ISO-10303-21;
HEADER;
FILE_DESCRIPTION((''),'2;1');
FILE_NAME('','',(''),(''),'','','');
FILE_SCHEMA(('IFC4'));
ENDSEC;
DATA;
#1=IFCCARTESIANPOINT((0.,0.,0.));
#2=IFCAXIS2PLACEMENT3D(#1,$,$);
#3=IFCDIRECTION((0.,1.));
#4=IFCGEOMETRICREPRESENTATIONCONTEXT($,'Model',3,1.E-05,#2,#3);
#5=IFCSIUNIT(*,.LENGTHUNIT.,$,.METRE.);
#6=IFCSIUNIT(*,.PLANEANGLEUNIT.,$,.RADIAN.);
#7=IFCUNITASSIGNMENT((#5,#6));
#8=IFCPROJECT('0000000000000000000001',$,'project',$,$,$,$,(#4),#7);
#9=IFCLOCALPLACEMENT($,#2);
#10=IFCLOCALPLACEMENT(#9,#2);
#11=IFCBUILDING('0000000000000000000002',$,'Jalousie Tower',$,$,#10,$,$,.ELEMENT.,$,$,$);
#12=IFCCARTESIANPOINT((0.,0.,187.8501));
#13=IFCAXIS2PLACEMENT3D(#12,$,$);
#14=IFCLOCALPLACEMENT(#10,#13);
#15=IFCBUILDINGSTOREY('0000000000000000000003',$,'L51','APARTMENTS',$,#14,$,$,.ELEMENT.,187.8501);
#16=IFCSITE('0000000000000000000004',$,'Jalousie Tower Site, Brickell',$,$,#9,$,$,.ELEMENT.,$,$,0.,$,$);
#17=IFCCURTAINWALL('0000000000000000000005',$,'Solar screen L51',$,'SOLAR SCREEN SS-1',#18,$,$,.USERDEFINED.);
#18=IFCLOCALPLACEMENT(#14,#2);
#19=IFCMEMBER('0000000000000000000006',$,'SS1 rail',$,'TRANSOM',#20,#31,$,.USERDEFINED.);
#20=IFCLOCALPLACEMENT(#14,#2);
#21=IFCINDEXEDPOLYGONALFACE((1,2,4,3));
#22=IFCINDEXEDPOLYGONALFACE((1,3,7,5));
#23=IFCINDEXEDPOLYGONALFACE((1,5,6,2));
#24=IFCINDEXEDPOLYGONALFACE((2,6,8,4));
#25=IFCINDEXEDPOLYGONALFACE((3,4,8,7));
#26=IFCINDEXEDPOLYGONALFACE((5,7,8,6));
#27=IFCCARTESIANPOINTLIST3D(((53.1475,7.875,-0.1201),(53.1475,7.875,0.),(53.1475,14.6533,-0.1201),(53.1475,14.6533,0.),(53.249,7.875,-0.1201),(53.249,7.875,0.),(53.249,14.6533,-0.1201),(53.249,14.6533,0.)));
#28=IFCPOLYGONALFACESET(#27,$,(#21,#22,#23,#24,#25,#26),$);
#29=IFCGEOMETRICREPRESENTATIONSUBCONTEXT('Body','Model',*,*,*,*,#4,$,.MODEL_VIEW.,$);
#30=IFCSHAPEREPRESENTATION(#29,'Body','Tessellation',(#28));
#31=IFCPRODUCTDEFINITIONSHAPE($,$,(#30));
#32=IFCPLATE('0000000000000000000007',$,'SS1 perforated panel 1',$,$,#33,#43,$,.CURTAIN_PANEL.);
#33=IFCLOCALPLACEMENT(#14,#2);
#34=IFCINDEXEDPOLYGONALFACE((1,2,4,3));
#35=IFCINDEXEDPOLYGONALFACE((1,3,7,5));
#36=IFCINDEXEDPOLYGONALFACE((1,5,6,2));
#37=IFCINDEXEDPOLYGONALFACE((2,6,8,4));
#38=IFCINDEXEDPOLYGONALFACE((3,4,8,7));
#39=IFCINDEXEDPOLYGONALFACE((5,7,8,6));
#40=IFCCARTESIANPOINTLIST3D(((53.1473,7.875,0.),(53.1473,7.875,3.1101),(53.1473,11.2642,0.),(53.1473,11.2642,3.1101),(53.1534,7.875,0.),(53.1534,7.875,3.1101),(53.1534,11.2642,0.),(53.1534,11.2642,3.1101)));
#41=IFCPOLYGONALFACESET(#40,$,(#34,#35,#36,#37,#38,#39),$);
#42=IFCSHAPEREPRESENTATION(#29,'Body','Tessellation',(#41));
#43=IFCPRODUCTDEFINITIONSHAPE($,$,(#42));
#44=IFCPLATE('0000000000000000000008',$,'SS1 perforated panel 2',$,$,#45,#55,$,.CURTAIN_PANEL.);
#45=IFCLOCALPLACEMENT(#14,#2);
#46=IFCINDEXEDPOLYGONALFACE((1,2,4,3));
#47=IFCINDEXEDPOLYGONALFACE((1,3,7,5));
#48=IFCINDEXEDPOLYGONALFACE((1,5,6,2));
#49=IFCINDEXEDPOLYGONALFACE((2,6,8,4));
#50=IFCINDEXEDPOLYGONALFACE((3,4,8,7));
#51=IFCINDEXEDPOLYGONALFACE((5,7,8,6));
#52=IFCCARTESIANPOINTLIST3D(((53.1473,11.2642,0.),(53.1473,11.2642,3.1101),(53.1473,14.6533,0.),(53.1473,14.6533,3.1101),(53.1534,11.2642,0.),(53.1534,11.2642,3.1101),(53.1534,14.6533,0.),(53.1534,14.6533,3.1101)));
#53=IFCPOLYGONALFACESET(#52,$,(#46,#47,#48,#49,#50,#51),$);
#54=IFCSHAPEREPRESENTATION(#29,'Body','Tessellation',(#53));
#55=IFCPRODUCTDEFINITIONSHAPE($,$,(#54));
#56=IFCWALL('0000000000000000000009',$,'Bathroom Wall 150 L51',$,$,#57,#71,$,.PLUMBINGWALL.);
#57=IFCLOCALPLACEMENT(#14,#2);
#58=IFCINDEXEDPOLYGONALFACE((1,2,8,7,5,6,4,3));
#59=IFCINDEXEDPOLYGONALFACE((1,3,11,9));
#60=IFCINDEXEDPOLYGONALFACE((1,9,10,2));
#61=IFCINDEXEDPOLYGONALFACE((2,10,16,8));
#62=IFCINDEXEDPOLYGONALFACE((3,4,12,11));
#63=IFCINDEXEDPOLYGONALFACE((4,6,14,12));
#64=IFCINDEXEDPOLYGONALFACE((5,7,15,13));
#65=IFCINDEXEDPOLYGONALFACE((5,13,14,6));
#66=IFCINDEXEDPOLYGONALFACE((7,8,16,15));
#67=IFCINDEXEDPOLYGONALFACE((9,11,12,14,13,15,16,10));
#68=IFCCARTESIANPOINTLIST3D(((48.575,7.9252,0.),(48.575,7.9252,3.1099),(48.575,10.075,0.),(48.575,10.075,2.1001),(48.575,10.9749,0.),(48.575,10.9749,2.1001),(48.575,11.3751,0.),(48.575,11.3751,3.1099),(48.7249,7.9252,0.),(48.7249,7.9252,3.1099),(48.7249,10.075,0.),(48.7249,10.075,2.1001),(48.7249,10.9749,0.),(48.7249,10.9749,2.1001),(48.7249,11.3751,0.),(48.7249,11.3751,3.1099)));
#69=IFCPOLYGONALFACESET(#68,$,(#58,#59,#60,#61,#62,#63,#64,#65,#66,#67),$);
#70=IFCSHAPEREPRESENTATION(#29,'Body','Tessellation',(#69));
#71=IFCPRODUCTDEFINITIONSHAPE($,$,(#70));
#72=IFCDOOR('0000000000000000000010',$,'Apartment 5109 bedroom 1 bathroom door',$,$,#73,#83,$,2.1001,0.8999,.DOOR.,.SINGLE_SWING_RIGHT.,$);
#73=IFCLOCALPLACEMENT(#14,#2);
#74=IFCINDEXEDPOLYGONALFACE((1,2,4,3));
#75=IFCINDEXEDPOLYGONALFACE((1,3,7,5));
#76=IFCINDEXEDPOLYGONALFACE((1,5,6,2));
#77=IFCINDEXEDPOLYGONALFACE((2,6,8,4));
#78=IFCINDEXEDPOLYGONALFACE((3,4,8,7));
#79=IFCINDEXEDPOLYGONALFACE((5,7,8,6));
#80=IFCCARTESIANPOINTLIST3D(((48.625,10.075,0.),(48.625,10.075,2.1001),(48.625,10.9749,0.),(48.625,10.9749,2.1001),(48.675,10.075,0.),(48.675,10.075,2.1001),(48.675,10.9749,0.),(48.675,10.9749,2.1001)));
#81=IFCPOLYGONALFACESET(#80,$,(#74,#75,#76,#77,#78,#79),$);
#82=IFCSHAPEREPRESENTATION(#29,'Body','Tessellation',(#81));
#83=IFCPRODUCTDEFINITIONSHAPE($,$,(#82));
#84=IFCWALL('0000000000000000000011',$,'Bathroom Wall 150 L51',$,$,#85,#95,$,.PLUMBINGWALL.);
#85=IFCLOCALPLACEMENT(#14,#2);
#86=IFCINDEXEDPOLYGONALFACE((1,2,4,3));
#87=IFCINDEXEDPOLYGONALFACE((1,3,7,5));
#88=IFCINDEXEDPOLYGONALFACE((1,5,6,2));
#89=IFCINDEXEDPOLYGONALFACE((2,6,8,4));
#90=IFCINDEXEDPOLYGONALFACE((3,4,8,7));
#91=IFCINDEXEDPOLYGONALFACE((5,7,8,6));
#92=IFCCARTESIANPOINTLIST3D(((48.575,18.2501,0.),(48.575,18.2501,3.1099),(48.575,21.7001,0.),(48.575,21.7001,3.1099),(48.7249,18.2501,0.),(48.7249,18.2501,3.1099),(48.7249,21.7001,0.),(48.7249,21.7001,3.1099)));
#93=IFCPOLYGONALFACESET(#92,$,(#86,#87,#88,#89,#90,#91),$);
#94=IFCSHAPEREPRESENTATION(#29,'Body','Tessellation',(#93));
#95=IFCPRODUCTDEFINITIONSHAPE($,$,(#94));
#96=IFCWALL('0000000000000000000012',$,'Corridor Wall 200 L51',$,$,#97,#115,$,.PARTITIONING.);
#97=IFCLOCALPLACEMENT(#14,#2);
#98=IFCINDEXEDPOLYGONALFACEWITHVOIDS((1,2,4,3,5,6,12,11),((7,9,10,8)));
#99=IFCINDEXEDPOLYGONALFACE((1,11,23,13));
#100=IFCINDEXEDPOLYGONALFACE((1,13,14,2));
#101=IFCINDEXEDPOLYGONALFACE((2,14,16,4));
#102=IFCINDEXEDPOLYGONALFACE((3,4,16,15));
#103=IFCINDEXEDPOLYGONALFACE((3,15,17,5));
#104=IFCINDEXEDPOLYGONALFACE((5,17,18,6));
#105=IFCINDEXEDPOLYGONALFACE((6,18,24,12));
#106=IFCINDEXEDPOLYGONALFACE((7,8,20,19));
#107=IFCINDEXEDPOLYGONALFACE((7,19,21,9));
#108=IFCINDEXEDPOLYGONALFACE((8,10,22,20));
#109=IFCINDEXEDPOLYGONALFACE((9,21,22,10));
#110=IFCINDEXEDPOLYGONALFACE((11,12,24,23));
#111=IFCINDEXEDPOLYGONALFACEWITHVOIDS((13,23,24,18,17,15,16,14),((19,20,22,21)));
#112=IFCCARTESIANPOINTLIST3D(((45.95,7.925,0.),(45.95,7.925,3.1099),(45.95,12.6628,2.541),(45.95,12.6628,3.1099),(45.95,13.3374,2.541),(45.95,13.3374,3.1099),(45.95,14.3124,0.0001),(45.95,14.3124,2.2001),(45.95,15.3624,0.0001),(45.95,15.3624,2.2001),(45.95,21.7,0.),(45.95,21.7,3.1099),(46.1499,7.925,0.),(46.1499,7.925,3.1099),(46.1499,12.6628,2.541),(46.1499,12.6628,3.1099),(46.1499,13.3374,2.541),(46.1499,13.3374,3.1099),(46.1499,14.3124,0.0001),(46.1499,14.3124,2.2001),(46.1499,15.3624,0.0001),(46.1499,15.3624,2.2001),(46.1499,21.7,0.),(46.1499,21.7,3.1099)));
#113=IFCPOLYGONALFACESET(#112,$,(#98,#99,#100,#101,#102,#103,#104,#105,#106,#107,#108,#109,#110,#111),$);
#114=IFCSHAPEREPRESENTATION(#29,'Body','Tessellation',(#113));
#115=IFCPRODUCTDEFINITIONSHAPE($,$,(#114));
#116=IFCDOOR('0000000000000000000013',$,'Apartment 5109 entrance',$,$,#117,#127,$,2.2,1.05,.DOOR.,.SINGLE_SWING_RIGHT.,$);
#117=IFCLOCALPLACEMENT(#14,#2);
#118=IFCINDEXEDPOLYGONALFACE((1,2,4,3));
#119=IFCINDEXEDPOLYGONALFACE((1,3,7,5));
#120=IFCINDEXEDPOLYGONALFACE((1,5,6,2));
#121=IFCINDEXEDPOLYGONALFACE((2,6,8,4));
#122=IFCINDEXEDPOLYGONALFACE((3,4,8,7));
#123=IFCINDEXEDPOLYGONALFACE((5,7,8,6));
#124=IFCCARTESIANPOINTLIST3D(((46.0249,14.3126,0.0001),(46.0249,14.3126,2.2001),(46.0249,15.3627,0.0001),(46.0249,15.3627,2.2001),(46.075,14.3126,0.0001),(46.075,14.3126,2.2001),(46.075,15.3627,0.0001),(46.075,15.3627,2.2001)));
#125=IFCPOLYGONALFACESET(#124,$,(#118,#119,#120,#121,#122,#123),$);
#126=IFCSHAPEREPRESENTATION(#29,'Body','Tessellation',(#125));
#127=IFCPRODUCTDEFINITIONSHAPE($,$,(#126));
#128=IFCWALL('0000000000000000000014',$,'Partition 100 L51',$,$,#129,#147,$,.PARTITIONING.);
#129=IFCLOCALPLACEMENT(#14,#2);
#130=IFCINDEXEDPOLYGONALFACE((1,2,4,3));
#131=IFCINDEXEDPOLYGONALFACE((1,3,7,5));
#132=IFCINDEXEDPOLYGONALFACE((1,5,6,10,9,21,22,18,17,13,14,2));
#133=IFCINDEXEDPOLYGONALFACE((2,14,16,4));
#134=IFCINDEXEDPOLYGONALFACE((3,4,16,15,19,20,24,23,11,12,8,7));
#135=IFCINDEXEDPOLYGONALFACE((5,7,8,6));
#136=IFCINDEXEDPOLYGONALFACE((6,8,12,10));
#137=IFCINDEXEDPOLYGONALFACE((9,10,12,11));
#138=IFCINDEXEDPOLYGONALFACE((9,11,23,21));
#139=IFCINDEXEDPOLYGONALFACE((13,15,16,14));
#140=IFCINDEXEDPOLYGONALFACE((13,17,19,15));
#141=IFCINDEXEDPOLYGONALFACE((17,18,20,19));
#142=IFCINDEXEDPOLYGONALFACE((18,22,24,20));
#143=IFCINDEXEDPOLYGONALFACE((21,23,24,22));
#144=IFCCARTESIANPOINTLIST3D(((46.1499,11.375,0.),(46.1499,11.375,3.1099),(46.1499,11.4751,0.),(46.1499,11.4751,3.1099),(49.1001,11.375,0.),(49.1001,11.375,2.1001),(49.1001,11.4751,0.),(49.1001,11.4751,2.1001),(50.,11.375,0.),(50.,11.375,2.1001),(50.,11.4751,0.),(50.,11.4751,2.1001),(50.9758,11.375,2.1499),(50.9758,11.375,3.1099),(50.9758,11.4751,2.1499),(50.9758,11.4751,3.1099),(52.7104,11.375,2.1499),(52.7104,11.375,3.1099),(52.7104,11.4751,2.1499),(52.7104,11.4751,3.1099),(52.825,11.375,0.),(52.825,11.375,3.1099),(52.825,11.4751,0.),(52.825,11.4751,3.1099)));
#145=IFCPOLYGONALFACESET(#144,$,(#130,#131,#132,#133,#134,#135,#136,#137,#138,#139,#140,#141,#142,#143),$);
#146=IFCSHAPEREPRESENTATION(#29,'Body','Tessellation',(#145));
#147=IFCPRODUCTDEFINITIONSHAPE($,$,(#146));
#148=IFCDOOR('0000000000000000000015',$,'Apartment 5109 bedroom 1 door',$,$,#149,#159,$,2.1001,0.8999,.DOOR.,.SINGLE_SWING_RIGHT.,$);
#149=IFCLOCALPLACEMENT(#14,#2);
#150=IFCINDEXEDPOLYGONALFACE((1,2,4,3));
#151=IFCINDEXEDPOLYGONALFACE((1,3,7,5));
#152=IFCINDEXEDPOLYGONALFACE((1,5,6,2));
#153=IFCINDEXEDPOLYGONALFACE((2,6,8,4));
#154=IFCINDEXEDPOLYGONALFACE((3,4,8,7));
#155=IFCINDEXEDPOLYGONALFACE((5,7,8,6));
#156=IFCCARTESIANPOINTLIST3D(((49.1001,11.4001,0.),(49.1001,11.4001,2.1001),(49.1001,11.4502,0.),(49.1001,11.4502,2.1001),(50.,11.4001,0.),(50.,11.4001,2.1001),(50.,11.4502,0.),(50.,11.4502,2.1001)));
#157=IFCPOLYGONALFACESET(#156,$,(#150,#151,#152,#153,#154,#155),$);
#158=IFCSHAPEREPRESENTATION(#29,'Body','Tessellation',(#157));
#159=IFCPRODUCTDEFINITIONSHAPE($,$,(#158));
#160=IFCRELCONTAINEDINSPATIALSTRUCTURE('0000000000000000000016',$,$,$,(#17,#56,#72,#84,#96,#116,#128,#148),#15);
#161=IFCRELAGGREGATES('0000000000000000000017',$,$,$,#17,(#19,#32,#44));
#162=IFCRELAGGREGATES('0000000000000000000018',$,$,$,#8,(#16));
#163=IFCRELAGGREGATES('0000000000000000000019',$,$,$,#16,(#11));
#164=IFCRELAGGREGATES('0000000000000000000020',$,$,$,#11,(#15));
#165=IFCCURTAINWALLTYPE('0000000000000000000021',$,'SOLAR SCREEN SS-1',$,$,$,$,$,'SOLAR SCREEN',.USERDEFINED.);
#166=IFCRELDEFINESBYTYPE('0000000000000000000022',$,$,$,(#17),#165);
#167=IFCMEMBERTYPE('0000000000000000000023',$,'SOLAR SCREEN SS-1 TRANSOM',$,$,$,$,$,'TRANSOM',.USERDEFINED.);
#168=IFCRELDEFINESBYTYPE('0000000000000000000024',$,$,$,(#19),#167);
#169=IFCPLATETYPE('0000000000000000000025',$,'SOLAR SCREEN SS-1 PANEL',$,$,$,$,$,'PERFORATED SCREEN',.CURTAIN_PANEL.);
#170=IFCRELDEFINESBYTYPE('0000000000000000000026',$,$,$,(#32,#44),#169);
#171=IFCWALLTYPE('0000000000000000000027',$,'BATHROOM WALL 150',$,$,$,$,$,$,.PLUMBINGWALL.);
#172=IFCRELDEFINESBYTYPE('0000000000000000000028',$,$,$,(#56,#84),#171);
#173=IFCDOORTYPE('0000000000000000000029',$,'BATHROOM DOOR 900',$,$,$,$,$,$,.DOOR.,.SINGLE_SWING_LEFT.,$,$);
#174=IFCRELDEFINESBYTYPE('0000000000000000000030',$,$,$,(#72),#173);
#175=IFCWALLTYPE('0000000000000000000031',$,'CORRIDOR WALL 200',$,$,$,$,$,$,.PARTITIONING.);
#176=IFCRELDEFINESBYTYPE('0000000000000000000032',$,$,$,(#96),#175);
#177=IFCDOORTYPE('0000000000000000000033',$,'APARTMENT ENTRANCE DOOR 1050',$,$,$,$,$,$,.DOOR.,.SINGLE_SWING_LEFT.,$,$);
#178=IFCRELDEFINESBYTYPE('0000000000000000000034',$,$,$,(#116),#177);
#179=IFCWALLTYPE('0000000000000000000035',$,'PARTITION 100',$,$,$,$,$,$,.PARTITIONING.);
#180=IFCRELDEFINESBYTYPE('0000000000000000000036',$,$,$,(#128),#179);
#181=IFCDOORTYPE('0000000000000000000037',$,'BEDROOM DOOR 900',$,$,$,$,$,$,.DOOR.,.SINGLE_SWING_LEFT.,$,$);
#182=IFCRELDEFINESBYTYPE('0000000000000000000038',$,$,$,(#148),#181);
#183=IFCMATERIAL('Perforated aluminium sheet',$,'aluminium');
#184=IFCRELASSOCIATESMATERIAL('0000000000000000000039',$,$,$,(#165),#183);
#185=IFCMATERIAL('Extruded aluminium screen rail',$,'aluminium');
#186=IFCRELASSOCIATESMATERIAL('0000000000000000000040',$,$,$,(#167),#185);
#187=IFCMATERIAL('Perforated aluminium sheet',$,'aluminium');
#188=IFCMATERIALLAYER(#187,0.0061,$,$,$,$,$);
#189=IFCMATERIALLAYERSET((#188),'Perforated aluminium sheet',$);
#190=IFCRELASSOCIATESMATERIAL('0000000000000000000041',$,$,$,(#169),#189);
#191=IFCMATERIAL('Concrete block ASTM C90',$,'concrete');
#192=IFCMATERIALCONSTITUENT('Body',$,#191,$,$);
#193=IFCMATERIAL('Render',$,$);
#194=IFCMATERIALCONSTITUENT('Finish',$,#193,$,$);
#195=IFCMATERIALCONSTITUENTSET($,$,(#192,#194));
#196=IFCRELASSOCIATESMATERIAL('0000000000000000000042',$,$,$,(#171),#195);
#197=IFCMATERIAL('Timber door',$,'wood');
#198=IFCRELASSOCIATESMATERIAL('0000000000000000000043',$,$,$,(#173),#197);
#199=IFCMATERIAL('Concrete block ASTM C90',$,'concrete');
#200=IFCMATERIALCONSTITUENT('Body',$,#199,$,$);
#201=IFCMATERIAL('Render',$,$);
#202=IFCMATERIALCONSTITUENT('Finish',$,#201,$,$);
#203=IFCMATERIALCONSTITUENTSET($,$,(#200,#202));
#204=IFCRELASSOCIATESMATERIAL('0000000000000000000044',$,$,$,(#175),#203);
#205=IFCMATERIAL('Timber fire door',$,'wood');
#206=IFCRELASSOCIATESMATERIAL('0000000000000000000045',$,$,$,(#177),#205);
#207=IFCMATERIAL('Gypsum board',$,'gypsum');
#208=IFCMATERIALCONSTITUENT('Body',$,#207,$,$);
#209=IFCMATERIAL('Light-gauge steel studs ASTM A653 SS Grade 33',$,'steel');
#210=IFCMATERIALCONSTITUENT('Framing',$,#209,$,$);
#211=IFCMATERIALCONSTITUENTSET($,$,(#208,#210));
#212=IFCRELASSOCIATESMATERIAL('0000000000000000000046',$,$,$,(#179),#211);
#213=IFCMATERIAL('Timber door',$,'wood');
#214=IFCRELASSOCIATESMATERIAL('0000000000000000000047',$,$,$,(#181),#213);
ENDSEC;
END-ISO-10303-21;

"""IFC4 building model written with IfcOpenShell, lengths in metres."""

from ifc_helpers import new_model, si_unit, direction, frame, frame_2d, origin, origin_2d, place, context, subcontext, project, spatial, polyline, rectangle, outline, extrude, material, layer, layer_set, constituent, constituent_set, material_profile, profile_set, type_object, element, fill, aggregate, save


model = new_model("IFC4")

# Units and contexts
model_context = context("Model", 3, precision=1e-05, world=origin(), true_north=direction((0.0, 1.0)))
body_context = subcontext(model_context, "Body", "Model", "MODEL_VIEW")
ifc_project = project(units=[si_unit("LENGTHUNIT", "METRE"), si_unit("PLANEANGLEUNIT", "RADIAN")], contexts=[model_context])

# Site, building, storey
site_placement = place(None, origin())
site = spatial("IfcSite", under=ifc_project, at=site_placement, Name="Jalousie Tower Site, Brickell", CompositionType="ELEMENT", RefElevation=0.0)
building_placement = place(site_placement, origin())
building = spatial("IfcBuilding", under=site, at=building_placement, Name="Jalousie Tower", CompositionType="ELEMENT")
storey_placement = place(building_placement, frame((0.0, 0.0, 187.8501)))
storey = spatial("IfcBuildingStorey", under=building, at=storey_placement, Name="L51", Description="APARTMENTS", CompositionType="ELEMENT", Elevation=187.8501)

# Curtain wall, member, plates
ifc_material_1 = material(Name="Perforated aluminium sheet", Category="aluminium")
curtain_wall_type = type_object("IfcCurtainWallType", Name="SOLAR SCREEN SS-1", ElementType="SOLAR SCREEN", PredefinedType="USERDEFINED", material=ifc_material_1)
curtain_wall_placement = place(storey_placement, origin())
curtain_wall = element("IfcCurtainWall", 1, at=curtain_wall_placement, inside=storey, type_object=curtain_wall_type, Name="Solar screen L51", ObjectType="SOLAR SCREEN SS-1", PredefinedType="USERDEFINED")
ifc_material_2 = material(Name="Extruded aluminium screen rail", Category="aluminium")
ifc_material_profile_1 = material_profile(ifc_material_2, rectangle(XDim=0.1016, YDim=0.1201, at=origin_2d()), Name="RAIL 102x120")
ifc_profile_set_1 = profile_set([ifc_material_profile_1], Name="Extruded aluminium screen rail")
member_type_1 = type_object("IfcMemberType", Name="SOLAR SCREEN SS-1 TRANSOM", ElementType="TRANSOM", PredefinedType="USERDEFINED", material=ifc_profile_set_1)
member_1_placement = place(storey_placement, frame((53.1982, 7.875, -0.0601), z_axis=(0.0, 1.0, 0.0), x_axis=(-1.0, 0.0, 0.0)))
member_1 = element("IfcMember", 2, at=member_1_placement, type_object=member_type_1, Name="SS1 rail", ObjectType="TRANSOM", PredefinedType="USERDEFINED", context=body_context, shape_type="SweptSolid", body=[
    extrude(rectangle(XDim=0.1016, YDim=0.1201, at=origin_2d()), origin(), (0.0, 0.0, 1.0), 6.7783),
])
ifc_material_3 = material(Name="Perforated aluminium sheet", Category="aluminium")
ifc_layer_1 = layer(ifc_material_3, 0.0061)
ifc_layer_set_1 = layer_set([ifc_layer_1], Name="Perforated aluminium sheet")
plate_type = type_object("IfcPlateType", Name="SOLAR SCREEN SS-1 PANEL", ElementType="PERFORATED SCREEN", PredefinedType="CURTAIN_PANEL", material=ifc_layer_set_1)
plate_1_placement = place(storey_placement, frame((53.1504, 9.5696, 0.0), z_axis=(0.0, 0.0, 1.0), x_axis=(0.0, 1.0, 0.0)))
plate_1 = element("IfcPlate", 3, at=plate_1_placement, type_object=plate_type, Name="SS1 perforated panel 1", PredefinedType="CURTAIN_PANEL", context=body_context, shape_type="SweptSolid", body=[
    extrude(rectangle(XDim=3.3892, YDim=0.0061, at=origin_2d()), origin(), (0.0, 0.0, 1.0), 3.1101),
])
plate_2_placement = place(storey_placement, frame((53.1504, 12.9587, 0.0), z_axis=(0.0, 0.0, 1.0), x_axis=(0.0, 1.0, 0.0)))
plate_2 = element("IfcPlate", 4, at=plate_2_placement, type_object=plate_type, Name="SS1 perforated panel 2", PredefinedType="CURTAIN_PANEL", context=body_context, shape_type="SweptSolid", body=[
    extrude(rectangle(XDim=3.3892, YDim=0.0061, at=origin_2d()), origin(), (0.0, 0.0, 1.0), 3.1101),
])
aggregate(curtain_wall, [member_1, plate_1, plate_2])

# Wall, opening, door
ifc_material_4 = material(Name="Concrete block ASTM C90", Category="concrete")
ifc_constituent_1 = constituent(ifc_material_4, Name="Body")
ifc_material_5 = material(Name="Render")
ifc_constituent_2 = constituent(ifc_material_5, Name="Finish")
ifc_constituent_set_1 = constituent_set(constituents=[ifc_constituent_1, ifc_constituent_2])
wall_type_1 = type_object("IfcWallType", Name="BATHROOM WALL 150", PredefinedType="PLUMBINGWALL", material=ifc_constituent_set_1)
wall_1_placement = place(storey_placement, frame((48.6499, 7.925, 0.0), z_axis=(0.0, 0.0, 1.0), x_axis=(0.0, 1.0, 0.0)))
wall_1 = element("IfcWall", 5, at=wall_1_placement, inside=storey, type_object=wall_type_1, Name="Bathroom Wall 150 L51", PredefinedType="PLUMBINGWALL", context=body_context, shape_type="SweptSolid", body=[
    extrude(rectangle(XDim=3.45, YDim=0.1499, at=frame_2d((1.7251, 0.0))), origin(), (0.0, 0.0, 1.0), 3.1099),
])
opening_1_placement = place(wall_1_placement, frame((2.1499, 0.0, 0.0)))
opening_1 = element("IfcOpeningElement", 6, at=opening_1_placement, cuts=wall_1, PredefinedType="OPENING", context=body_context, shape_type="SweptSolid", body=[
    extrude(rectangle(XDim=0.8999, YDim=2.1001, at=frame_2d((0.45, 1.05))), frame((0.0, 0.085, 0.0), z_axis=(0.0, -1.0, 0.0), x_axis=(1.0, 0.0, 0.0)), (0.0, 0.0, 1.0), 0.1699),
])
ifc_material_6 = material(Name="Timber door", Category="wood")
door_type_1 = type_object("IfcDoorType", Name="BATHROOM DOOR 900", OperationType="SINGLE_SWING_LEFT", PredefinedType="DOOR", material=ifc_material_6)
door_1_placement = place(opening_1_placement, origin())
door_1 = element("IfcDoor", 7, at=door_1_placement, inside=storey, type_object=door_type_1, Name="Apartment 5109 bedroom 1 bathroom door", OperationType="SINGLE_SWING_RIGHT", OverallHeight=2.1001, OverallWidth=0.8999, PredefinedType="DOOR", context=body_context, shape_type="SweptSolid", body=[
    extrude(rectangle(XDim=0.8999, YDim=2.1001, at=frame_2d((0.45, 1.05))), frame((0.0, 0.0249, 0.0), z_axis=(0.0, -1.0, 0.0), x_axis=(1.0, 0.0, 0.0)), (0.0, 0.0, 1.0), 0.05),
])
fill(opening_1, door_1)

# Wall
wall_2_placement = place(storey_placement, frame((48.6499, 18.25, 0.0), z_axis=(0.0, 0.0, 1.0), x_axis=(0.0, 1.0, 0.0)))
element("IfcWall", 8, at=wall_2_placement, inside=storey, type_object=wall_type_1, Name="Bathroom Wall 150 L51", PredefinedType="PLUMBINGWALL", context=body_context, shape_type="SweptSolid", body=[
    extrude(rectangle(XDim=3.45, YDim=0.1499, at=frame_2d((1.7251, 0.0))), origin(), (0.0, 0.0, 1.0), 3.1099),
])

# Walls, openings, doors
ifc_material_7 = material(Name="Concrete block ASTM C90", Category="concrete")
ifc_constituent_3 = constituent(ifc_material_7, Name="Body")
ifc_material_8 = material(Name="Render")
ifc_constituent_4 = constituent(ifc_material_8, Name="Finish")
ifc_constituent_set_2 = constituent_set(constituents=[ifc_constituent_3, ifc_constituent_4])
wall_type_2 = type_object("IfcWallType", Name="CORRIDOR WALL 200", PredefinedType="PARTITIONING", material=ifc_constituent_set_2)
wall_3_placement = place(storey_placement, frame((46.05, 7.925, 0.0), z_axis=(0.0, 0.0, 1.0), x_axis=(0.0, 1.0, 0.0)))
wall_3 = element("IfcWall", 9, at=wall_3_placement, inside=storey, type_object=wall_type_2, Name="Corridor Wall 200 L51", PredefinedType="PARTITIONING", context=body_context, shape_type="SweptSolid", body=[
    extrude(outline(polyline([(0.0, 0.0), (13.7749, 0.0), (13.7749, 3.1099), (5.4124, 3.1099), (5.4124, 2.541), (4.7378, 2.541), (4.7378, 3.1099), (0.0, 3.1099), (0.0, 0.0)])), frame((0.0, 0.1001, 0.0), z_axis=(0.0, -1.0, 0.0), x_axis=(1.0, 0.0, 0.0)), (0.0, 0.0, 1.0), 0.2),
])
opening_2_placement = place(wall_3_placement, frame((6.3875, 0.0, 0.0)))
opening_2 = element("IfcOpeningElement", 10, at=opening_2_placement, cuts=wall_3, PredefinedType="OPENING", context=body_context, shape_type="SweptSolid", body=[
    extrude(rectangle(XDim=1.05, YDim=2.2, at=frame_2d((0.5249, 1.1001))), frame((0.0, 0.1099, 0.0), z_axis=(0.0, -1.0, 0.0), x_axis=(1.0, 0.0, 0.0)), (0.0, 0.0, 1.0), 0.22),
])
ifc_material_9 = material(Name="Timber fire door", Category="wood")
door_type_2 = type_object("IfcDoorType", Name="APARTMENT ENTRANCE DOOR 1050", OperationType="SINGLE_SWING_LEFT", PredefinedType="DOOR", material=ifc_material_9)
door_2_placement = place(opening_2_placement, frame((1.05, 0.0, 0.0), z_axis=(0.0, 0.0, 1.0), x_axis=(-1.0, 0.0, 0.0)))
door_2 = element("IfcDoor", 11, at=door_2_placement, inside=storey, type_object=door_type_2, Name="Apartment 5109 entrance", OperationType="SINGLE_SWING_RIGHT", OverallHeight=2.2, OverallWidth=1.05, PredefinedType="DOOR", context=body_context, shape_type="SweptSolid", body=[
    extrude(rectangle(XDim=1.05, YDim=2.2, at=frame_2d((0.5249, 1.1001))), frame((0.0, 0.0249, 0.0), z_axis=(0.0, -1.0, 0.0), x_axis=(1.0, 0.0, 0.0)), (0.0, 0.0, 1.0), 0.05),
])
fill(opening_2, door_2)
ifc_material_10 = material(Name="Gypsum board", Category="gypsum")
ifc_constituent_5 = constituent(ifc_material_10, Name="Body")
ifc_material_11 = material(Name="Light-gauge steel studs ASTM A653 SS Grade 33", Category="steel")
ifc_constituent_6 = constituent(ifc_material_11, Name="Framing")
ifc_constituent_set_3 = constituent_set(constituents=[ifc_constituent_5, ifc_constituent_6])
wall_type_3 = type_object("IfcWallType", Name="PARTITION 100", PredefinedType="PARTITIONING", material=ifc_constituent_set_3)
wall_4_placement = place(storey_placement, frame((52.825, 11.425, 0.0), z_axis=(0.0, 0.0, 1.0), x_axis=(-1.0, 0.0, 0.0)))
wall_4 = element("IfcWall", 12, at=wall_4_placement, inside=storey, type_object=wall_type_3, Name="Partition 100 L51", PredefinedType="PARTITIONING", context=body_context, shape_type="SweptSolid", body=[
    extrude(outline(polyline([(0.0, 0.0), (6.675, 0.0), (6.675, 3.1099), (1.8491, 3.1099), (1.8491, 2.1499), (0.1145, 2.1499), (0.1145, 3.1099), (0.0, 3.1099), (0.0, 0.0)])), frame((0.0, 0.05, 0.0), z_axis=(0.0, -1.0, 0.0), x_axis=(1.0, 0.0, 0.0)), (0.0, 0.0, 1.0), 0.1001),
])
opening_3_placement = place(wall_4_placement, frame((2.825, 0.0, 0.0)))
opening_3 = element("IfcOpeningElement", 13, at=opening_3_placement, cuts=wall_4, PredefinedType="OPENING", context=body_context, shape_type="SweptSolid", body=[
    extrude(rectangle(XDim=0.8999, YDim=2.1001, at=frame_2d((0.45, 1.05))), frame((0.0, 0.0601, 0.0), z_axis=(0.0, -1.0, 0.0), x_axis=(1.0, 0.0, 0.0)), (0.0, 0.0, 1.0), 0.1201),
])
ifc_material_12 = material(Name="Timber door", Category="wood")
door_type_3 = type_object("IfcDoorType", Name="BEDROOM DOOR 900", OperationType="SINGLE_SWING_LEFT", PredefinedType="DOOR", material=ifc_material_12)
door_3_placement = place(opening_3_placement, origin())
door_3 = element("IfcDoor", 14, at=door_3_placement, inside=storey, type_object=door_type_3, Name="Apartment 5109 bedroom 1 door", OperationType="SINGLE_SWING_RIGHT", OverallHeight=2.1001, OverallWidth=0.8999, PredefinedType="DOOR", context=body_context, shape_type="SweptSolid", body=[
    extrude(rectangle(XDim=0.8999, YDim=2.1001, at=frame_2d((0.45, 1.05))), frame((0.0, 0.0249, 0.0), z_axis=(0.0, -1.0, 0.0), x_axis=(1.0, 0.0, 0.0)), (0.0, 0.0, 1.0), 0.05),
])
fill(opening_3, door_3)

save(model, "model.ifc")
